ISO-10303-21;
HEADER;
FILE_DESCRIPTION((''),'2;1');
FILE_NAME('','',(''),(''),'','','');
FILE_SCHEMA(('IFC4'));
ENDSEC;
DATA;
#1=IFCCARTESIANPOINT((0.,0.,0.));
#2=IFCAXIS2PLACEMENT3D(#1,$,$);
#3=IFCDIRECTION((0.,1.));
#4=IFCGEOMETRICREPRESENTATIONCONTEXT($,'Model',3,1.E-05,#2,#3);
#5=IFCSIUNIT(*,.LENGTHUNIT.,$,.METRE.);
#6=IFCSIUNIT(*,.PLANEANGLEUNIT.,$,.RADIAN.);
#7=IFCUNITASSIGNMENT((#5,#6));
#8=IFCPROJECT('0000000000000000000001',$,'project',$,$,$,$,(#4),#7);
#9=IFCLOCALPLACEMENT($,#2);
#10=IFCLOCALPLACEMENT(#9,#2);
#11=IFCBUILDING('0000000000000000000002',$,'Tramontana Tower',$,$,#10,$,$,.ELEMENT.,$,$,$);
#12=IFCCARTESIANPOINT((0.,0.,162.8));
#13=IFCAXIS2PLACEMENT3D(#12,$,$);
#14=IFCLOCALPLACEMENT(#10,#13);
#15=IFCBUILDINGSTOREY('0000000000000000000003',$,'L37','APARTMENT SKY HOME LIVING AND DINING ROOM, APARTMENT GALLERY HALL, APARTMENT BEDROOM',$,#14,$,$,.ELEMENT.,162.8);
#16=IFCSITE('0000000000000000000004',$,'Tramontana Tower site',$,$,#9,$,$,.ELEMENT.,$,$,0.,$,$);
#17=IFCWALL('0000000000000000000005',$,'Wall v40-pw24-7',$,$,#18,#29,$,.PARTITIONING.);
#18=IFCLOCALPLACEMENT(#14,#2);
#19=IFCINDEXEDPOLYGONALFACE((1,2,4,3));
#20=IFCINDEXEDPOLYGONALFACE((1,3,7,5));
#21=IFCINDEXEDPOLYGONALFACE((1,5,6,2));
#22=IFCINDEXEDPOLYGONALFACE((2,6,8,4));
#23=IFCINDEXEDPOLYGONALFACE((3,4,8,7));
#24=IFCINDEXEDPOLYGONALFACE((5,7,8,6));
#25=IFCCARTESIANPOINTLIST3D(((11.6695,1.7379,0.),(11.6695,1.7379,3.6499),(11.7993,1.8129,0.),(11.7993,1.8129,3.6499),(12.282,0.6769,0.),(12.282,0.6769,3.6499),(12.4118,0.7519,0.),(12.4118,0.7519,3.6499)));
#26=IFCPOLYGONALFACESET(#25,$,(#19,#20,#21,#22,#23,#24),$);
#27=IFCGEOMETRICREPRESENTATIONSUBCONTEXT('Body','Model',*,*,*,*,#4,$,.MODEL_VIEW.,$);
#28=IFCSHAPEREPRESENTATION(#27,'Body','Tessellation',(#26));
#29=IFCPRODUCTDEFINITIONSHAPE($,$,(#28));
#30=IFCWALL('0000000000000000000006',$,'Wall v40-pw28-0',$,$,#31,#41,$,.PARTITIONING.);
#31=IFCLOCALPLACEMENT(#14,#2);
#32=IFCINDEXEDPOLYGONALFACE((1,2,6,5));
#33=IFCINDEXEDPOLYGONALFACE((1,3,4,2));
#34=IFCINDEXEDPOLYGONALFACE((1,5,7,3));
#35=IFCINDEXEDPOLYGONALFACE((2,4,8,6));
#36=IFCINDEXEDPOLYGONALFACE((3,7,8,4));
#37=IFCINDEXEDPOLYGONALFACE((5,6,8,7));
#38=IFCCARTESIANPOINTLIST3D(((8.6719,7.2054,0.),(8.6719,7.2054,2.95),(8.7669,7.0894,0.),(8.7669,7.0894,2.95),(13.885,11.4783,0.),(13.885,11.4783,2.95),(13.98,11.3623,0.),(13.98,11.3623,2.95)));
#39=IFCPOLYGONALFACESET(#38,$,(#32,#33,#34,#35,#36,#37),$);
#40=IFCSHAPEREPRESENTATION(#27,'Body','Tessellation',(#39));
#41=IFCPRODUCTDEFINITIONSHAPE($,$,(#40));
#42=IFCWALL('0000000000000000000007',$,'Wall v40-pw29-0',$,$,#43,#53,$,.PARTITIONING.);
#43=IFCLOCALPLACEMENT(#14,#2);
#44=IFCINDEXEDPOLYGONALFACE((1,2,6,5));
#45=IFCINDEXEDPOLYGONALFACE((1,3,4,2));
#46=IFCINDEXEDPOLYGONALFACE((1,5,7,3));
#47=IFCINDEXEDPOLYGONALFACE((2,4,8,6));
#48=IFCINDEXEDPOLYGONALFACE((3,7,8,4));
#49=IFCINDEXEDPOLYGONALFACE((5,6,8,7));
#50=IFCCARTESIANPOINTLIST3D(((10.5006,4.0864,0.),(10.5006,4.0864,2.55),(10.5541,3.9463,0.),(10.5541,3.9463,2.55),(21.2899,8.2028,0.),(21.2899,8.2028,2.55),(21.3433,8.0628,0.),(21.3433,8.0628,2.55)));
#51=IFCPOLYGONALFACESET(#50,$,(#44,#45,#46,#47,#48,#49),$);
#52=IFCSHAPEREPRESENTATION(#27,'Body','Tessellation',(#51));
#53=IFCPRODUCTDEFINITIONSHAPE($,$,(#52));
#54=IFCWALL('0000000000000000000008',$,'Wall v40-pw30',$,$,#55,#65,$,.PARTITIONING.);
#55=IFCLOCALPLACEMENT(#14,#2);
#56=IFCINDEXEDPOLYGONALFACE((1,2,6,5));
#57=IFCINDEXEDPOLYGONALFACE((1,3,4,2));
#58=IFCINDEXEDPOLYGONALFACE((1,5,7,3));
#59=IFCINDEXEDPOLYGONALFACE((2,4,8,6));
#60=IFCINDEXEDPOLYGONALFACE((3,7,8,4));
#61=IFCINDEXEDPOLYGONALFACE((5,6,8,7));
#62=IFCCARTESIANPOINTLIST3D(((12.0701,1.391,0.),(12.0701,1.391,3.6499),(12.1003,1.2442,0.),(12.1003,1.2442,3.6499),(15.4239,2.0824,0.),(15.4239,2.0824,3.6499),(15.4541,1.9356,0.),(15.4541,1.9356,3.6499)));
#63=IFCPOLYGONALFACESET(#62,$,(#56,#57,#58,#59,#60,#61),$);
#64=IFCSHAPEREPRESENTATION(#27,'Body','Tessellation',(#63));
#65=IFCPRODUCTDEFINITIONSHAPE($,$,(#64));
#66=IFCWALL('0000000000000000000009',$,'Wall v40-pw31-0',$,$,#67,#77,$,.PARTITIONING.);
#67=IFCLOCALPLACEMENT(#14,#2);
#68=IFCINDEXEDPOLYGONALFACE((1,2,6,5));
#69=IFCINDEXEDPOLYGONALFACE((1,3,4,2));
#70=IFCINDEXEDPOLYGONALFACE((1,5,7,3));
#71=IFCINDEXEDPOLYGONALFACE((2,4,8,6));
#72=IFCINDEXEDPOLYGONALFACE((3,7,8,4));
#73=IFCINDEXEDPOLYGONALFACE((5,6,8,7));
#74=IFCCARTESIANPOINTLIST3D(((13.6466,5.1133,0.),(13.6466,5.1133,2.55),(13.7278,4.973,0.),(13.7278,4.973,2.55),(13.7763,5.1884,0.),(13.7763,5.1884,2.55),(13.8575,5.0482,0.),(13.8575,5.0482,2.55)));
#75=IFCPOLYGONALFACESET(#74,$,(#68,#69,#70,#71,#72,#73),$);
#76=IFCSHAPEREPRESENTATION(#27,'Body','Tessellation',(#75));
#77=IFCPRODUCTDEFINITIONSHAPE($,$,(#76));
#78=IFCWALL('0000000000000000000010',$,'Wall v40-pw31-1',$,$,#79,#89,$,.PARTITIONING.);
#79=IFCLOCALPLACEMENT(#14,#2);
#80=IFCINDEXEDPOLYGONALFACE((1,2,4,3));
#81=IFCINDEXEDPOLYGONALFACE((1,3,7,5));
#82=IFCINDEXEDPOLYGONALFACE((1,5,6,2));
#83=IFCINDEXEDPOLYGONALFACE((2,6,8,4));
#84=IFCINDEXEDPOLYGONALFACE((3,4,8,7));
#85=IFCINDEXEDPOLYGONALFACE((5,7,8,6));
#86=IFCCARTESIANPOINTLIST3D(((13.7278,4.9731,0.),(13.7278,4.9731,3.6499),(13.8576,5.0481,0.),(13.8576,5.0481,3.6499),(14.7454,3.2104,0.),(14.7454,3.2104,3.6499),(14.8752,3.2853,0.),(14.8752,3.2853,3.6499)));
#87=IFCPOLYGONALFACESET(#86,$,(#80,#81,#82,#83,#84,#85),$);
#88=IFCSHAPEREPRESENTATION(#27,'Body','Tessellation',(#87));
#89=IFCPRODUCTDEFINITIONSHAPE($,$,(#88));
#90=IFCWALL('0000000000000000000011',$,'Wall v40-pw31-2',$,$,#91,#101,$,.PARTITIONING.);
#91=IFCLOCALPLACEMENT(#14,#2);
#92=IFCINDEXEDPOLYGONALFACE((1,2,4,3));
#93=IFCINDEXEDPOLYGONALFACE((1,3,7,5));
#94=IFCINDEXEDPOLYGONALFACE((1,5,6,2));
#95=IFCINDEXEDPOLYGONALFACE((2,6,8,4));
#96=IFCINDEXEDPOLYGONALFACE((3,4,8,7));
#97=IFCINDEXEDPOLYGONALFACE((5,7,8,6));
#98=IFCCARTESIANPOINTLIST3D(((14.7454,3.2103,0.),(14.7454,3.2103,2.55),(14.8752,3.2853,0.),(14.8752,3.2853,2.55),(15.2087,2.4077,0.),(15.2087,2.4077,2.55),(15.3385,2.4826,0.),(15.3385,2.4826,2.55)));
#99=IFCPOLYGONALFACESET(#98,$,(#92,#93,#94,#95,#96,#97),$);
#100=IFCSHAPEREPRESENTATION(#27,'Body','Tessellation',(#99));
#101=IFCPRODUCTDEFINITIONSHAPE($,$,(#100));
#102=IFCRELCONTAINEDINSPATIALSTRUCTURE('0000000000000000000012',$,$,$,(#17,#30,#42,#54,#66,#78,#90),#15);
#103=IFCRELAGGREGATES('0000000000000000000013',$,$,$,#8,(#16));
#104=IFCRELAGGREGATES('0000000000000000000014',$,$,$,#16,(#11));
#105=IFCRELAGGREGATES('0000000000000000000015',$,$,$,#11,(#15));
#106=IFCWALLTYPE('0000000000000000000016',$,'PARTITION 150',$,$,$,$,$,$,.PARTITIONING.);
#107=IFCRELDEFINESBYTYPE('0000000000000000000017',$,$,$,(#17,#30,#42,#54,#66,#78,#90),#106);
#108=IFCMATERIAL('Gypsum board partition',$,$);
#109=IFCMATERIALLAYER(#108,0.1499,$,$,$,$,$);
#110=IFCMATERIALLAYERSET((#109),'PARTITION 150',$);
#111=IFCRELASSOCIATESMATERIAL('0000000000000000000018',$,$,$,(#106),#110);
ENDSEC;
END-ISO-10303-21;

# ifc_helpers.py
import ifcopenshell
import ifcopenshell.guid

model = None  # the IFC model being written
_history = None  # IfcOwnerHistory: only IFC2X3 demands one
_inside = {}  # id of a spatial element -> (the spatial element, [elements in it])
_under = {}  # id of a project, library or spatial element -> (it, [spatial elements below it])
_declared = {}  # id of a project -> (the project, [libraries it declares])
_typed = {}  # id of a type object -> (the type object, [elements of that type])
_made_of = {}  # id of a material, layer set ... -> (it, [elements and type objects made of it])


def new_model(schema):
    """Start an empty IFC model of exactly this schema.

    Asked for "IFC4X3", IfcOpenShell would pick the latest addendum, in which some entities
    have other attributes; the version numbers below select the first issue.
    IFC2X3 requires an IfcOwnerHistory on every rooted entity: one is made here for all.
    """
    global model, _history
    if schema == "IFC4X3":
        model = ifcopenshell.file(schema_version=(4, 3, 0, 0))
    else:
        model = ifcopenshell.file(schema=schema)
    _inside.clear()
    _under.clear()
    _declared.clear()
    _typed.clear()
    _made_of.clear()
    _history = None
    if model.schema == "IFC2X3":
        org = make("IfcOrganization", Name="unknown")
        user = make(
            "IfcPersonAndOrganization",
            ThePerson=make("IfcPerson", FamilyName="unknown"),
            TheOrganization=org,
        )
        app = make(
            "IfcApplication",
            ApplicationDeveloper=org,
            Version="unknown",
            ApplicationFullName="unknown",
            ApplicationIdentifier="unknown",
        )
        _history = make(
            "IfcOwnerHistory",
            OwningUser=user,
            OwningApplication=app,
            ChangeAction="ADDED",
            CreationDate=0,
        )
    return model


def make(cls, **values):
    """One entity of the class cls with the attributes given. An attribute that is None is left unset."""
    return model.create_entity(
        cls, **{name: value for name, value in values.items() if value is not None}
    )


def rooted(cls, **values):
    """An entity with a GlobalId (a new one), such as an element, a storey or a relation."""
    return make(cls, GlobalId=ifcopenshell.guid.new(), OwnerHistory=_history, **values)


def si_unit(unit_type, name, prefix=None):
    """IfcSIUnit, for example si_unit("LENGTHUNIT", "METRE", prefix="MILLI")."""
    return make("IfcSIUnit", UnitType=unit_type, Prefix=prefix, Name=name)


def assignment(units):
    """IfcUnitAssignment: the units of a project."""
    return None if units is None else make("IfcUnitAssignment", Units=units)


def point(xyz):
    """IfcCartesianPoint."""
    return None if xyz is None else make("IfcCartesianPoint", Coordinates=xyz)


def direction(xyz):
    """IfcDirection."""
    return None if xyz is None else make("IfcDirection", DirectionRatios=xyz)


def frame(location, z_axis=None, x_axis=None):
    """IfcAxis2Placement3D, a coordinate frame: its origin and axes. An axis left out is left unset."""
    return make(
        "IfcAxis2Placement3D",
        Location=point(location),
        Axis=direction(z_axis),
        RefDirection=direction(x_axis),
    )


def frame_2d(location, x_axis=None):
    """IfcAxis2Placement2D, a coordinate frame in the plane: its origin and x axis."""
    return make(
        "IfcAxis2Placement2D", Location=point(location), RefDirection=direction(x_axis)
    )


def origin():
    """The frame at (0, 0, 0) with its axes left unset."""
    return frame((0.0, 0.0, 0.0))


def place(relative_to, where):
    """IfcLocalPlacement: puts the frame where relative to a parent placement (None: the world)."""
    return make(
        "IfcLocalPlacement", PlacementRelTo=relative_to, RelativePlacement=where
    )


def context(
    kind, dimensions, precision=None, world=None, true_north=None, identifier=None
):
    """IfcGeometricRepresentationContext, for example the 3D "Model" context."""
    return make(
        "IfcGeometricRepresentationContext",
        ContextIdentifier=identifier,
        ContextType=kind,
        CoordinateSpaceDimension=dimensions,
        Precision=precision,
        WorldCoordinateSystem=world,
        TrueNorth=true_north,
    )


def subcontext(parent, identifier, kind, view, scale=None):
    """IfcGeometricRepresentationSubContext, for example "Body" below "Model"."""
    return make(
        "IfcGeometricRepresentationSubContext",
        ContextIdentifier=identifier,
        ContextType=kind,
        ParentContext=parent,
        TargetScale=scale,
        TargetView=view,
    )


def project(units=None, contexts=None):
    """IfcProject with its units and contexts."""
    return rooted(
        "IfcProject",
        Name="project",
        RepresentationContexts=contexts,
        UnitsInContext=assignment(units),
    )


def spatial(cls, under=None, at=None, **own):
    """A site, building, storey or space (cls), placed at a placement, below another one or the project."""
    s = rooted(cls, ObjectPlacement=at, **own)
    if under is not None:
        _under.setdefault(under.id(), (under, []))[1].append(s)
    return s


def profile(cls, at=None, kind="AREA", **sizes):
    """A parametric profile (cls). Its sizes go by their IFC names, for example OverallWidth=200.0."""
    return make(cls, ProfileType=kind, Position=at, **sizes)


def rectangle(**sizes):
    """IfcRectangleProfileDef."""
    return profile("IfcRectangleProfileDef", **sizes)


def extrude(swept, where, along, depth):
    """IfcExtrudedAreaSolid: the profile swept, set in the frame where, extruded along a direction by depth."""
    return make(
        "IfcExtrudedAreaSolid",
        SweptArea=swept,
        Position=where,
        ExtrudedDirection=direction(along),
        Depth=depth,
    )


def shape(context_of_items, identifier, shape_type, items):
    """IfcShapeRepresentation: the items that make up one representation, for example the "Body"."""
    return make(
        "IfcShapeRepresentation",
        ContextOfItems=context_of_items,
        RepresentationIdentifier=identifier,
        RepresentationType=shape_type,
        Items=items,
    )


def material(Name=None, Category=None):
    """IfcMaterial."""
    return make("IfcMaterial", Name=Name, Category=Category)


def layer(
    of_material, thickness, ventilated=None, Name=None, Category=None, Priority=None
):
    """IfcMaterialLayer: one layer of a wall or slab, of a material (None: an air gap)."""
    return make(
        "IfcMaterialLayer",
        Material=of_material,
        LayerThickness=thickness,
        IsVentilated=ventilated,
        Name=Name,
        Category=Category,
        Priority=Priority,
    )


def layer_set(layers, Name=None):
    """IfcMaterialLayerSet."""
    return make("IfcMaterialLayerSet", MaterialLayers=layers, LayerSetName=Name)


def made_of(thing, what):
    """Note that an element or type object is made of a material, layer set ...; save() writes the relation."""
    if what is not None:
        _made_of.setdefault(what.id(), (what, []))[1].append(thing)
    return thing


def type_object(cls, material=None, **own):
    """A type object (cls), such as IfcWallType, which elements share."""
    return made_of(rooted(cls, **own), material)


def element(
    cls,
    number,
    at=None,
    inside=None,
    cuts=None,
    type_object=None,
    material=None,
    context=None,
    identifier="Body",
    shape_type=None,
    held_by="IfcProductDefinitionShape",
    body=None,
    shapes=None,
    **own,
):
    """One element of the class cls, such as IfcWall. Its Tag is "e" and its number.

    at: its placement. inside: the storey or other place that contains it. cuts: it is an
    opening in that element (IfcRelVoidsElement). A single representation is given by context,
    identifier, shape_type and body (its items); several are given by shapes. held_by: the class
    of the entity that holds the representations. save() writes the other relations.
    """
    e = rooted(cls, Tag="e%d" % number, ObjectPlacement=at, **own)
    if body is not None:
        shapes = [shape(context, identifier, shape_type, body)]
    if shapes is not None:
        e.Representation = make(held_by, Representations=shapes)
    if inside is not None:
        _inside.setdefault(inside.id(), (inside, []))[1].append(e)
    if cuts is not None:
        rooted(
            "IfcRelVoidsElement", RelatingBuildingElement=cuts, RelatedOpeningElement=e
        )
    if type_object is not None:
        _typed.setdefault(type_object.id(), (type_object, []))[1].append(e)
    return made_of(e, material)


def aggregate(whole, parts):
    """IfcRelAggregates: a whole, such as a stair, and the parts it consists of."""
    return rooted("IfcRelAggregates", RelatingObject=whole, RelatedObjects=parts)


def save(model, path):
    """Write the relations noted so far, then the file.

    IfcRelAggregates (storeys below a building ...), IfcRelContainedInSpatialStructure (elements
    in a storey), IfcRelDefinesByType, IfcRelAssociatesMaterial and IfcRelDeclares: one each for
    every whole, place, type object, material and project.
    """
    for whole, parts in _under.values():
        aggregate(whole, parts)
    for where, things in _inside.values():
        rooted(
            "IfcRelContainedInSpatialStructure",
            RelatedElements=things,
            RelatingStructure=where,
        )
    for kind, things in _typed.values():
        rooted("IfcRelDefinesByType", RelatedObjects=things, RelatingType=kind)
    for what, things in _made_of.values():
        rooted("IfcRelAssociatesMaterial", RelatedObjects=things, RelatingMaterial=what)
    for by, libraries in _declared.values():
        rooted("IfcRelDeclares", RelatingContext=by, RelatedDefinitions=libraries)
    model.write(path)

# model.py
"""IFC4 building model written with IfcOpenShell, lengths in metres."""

from ifc_helpers import new_model, si_unit, direction, frame, frame_2d, origin, place, context, subcontext, project, spatial, rectangle, extrude, material, layer, layer_set, type_object, element, save


model = new_model("IFC4")

# Units and contexts
model_context = context("Model", 3, precision=1e-05, world=origin(), true_north=direction((0.0, 1.0)))
body_context = subcontext(model_context, "Body", "Model", "MODEL_VIEW")
ifc_project = project(units=[si_unit("LENGTHUNIT", "METRE"), si_unit("PLANEANGLEUNIT", "RADIAN")], contexts=[model_context])

# Site, building, storey
site_placement = place(None, origin())
site = spatial("IfcSite", under=ifc_project, at=site_placement, Name="Tramontana Tower site", CompositionType="ELEMENT", RefElevation=0.0)
building_placement = place(site_placement, origin())
building = spatial("IfcBuilding", under=site, at=building_placement, Name="Tramontana Tower", CompositionType="ELEMENT")
storey_placement = place(building_placement, frame((0.0, 0.0, 162.8)))
storey = spatial("IfcBuildingStorey", under=building, at=storey_placement, Name="L37", Description="APARTMENT SKY HOME LIVING AND DINING ROOM, APARTMENT GALLERY HALL, APARTMENT BEDROOM", CompositionType="ELEMENT", Elevation=162.8)

# Shared definitions
ifc_material_1 = material(Name="Gypsum board partition")
ifc_layer_1 = layer(ifc_material_1, 0.1499)
ifc_layer_set_1 = layer_set([ifc_layer_1], Name="PARTITION 150")
wall_type_1 = type_object("IfcWallType", Name="PARTITION 150", PredefinedType="PARTITIONING", material=ifc_layer_set_1)

# Wall
wall_1_placement = place(storey_placement, frame((11.7344, 1.7754, 0.0), z_axis=(0.0, 0.0, 1.0), x_axis=(0.499975, -0.86604, 0.0)))
element("IfcWall", 1, at=wall_1_placement, inside=storey, type_object=wall_type_1, Name="Wall v40-pw24-7", PredefinedType="PARTITIONING", context=body_context, shape_type="SweptSolid", body=[
    extrude(rectangle(XDim=1.2251, YDim=0.1499, at=frame_2d((0.6125, 0.0))), origin(), (0.0, 0.0, 1.0), 3.6499),
])

# Walls
wall_2_placement = place(storey_placement, frame((8.7195, 7.1475, 0.0), z_axis=(0.0, 0.0, 1.0), x_axis=(0.7734, 0.633918, 0.0)))
element("IfcWall", 2, at=wall_2_placement, inside=storey, type_object=wall_type_1, Name="Wall v40-pw28-0", PredefinedType="PARTITIONING", context=body_context, shape_type="SweptSolid", body=[
    extrude(rectangle(XDim=6.7405, YDim=0.1499, at=frame_2d((3.3701, 0.0))), origin(), (0.0, 0.0, 1.0), 2.95),
])
wall_3_placement = place(storey_placement, frame((10.5273, 4.0164, 0.0), z_axis=(0.0, 0.0, 1.0), x_axis=(0.934308, 0.356467, 0.0)))
element("IfcWall", 3, at=wall_3_placement, inside=storey, type_object=wall_type_1, Name="Wall v40-pw29-0", PredefinedType="PARTITIONING", context=body_context, shape_type="SweptSolid", body=[
    extrude(rectangle(XDim=11.5479, YDim=0.1499, at=frame_2d((5.7739, 0.0))), origin(), (0.0, 0.0, 1.0), 2.55),
])
wall_4_placement = place(storey_placement, frame((12.0852, 1.3176, 0.0), z_axis=(0.0, 0.0, 1.0), x_axis=(0.979404, 0.201912, 0.0)))
element("IfcWall", 4, at=wall_4_placement, inside=storey, type_object=wall_type_1, Name="Wall v40-pw30", PredefinedType="PARTITIONING", context=body_context, shape_type="SweptSolid", body=[
    extrude(rectangle(XDim=3.4243, YDim=0.1499, at=frame_2d((1.7122, 0.0))), origin(), (0.0, 0.0, 1.0), 3.6499),
])
wall_5_placement = place(storey_placement, frame((13.7114, 5.1509, 0.0), z_axis=(0.0, 0.0, 1.0), x_axis=(0.501155, -0.865358, 0.0)))
element("IfcWall", 5, at=wall_5_placement, inside=storey, type_object=wall_type_1, Name="Wall v40-pw31-0", PredefinedType="PARTITIONING", context=body_context, shape_type="SweptSolid", body=[
    extrude(rectangle(XDim=0.1621, YDim=0.1499, at=frame_2d((0.0811, 0.0))), origin(), (0.0, 0.0, 1.0), 2.55),
])
wall_6_placement = place(storey_placement, frame((13.7927, 5.0105, 0.0), z_axis=(0.0, 0.0, 1.0), x_axis=(0.499958, -0.86605, 0.0)))
element("IfcWall", 6, at=wall_6_placement, inside=storey, type_object=wall_type_1, Name="Wall v40-pw31-1", PredefinedType="PARTITIONING", context=body_context, shape_type="SweptSolid", body=[
    extrude(rectangle(XDim=2.0354, YDim=0.1499, at=frame_2d((1.0176, 0.0))), origin(), (0.0, 0.0, 1.0), 3.6499),
])
wall_7_placement = place(storey_placement, frame((14.8103, 3.2478, 0.0), z_axis=(0.0, 0.0, 1.0), x_axis=(0.499935, -0.866063, 0.0)))
element("IfcWall", 7, at=wall_7_placement, inside=storey, type_object=wall_type_1, Name="Wall v40-pw31-2", PredefinedType="PARTITIONING", context=body_context, shape_type="SweptSolid", body=[
    extrude(rectangle(XDim=0.9268, YDim=0.1499, at=frame_2d((0.4634, 0.0))), origin(), (0.0, 0.0, 1.0), 2.55),
])

save(model, "model.ifc")
